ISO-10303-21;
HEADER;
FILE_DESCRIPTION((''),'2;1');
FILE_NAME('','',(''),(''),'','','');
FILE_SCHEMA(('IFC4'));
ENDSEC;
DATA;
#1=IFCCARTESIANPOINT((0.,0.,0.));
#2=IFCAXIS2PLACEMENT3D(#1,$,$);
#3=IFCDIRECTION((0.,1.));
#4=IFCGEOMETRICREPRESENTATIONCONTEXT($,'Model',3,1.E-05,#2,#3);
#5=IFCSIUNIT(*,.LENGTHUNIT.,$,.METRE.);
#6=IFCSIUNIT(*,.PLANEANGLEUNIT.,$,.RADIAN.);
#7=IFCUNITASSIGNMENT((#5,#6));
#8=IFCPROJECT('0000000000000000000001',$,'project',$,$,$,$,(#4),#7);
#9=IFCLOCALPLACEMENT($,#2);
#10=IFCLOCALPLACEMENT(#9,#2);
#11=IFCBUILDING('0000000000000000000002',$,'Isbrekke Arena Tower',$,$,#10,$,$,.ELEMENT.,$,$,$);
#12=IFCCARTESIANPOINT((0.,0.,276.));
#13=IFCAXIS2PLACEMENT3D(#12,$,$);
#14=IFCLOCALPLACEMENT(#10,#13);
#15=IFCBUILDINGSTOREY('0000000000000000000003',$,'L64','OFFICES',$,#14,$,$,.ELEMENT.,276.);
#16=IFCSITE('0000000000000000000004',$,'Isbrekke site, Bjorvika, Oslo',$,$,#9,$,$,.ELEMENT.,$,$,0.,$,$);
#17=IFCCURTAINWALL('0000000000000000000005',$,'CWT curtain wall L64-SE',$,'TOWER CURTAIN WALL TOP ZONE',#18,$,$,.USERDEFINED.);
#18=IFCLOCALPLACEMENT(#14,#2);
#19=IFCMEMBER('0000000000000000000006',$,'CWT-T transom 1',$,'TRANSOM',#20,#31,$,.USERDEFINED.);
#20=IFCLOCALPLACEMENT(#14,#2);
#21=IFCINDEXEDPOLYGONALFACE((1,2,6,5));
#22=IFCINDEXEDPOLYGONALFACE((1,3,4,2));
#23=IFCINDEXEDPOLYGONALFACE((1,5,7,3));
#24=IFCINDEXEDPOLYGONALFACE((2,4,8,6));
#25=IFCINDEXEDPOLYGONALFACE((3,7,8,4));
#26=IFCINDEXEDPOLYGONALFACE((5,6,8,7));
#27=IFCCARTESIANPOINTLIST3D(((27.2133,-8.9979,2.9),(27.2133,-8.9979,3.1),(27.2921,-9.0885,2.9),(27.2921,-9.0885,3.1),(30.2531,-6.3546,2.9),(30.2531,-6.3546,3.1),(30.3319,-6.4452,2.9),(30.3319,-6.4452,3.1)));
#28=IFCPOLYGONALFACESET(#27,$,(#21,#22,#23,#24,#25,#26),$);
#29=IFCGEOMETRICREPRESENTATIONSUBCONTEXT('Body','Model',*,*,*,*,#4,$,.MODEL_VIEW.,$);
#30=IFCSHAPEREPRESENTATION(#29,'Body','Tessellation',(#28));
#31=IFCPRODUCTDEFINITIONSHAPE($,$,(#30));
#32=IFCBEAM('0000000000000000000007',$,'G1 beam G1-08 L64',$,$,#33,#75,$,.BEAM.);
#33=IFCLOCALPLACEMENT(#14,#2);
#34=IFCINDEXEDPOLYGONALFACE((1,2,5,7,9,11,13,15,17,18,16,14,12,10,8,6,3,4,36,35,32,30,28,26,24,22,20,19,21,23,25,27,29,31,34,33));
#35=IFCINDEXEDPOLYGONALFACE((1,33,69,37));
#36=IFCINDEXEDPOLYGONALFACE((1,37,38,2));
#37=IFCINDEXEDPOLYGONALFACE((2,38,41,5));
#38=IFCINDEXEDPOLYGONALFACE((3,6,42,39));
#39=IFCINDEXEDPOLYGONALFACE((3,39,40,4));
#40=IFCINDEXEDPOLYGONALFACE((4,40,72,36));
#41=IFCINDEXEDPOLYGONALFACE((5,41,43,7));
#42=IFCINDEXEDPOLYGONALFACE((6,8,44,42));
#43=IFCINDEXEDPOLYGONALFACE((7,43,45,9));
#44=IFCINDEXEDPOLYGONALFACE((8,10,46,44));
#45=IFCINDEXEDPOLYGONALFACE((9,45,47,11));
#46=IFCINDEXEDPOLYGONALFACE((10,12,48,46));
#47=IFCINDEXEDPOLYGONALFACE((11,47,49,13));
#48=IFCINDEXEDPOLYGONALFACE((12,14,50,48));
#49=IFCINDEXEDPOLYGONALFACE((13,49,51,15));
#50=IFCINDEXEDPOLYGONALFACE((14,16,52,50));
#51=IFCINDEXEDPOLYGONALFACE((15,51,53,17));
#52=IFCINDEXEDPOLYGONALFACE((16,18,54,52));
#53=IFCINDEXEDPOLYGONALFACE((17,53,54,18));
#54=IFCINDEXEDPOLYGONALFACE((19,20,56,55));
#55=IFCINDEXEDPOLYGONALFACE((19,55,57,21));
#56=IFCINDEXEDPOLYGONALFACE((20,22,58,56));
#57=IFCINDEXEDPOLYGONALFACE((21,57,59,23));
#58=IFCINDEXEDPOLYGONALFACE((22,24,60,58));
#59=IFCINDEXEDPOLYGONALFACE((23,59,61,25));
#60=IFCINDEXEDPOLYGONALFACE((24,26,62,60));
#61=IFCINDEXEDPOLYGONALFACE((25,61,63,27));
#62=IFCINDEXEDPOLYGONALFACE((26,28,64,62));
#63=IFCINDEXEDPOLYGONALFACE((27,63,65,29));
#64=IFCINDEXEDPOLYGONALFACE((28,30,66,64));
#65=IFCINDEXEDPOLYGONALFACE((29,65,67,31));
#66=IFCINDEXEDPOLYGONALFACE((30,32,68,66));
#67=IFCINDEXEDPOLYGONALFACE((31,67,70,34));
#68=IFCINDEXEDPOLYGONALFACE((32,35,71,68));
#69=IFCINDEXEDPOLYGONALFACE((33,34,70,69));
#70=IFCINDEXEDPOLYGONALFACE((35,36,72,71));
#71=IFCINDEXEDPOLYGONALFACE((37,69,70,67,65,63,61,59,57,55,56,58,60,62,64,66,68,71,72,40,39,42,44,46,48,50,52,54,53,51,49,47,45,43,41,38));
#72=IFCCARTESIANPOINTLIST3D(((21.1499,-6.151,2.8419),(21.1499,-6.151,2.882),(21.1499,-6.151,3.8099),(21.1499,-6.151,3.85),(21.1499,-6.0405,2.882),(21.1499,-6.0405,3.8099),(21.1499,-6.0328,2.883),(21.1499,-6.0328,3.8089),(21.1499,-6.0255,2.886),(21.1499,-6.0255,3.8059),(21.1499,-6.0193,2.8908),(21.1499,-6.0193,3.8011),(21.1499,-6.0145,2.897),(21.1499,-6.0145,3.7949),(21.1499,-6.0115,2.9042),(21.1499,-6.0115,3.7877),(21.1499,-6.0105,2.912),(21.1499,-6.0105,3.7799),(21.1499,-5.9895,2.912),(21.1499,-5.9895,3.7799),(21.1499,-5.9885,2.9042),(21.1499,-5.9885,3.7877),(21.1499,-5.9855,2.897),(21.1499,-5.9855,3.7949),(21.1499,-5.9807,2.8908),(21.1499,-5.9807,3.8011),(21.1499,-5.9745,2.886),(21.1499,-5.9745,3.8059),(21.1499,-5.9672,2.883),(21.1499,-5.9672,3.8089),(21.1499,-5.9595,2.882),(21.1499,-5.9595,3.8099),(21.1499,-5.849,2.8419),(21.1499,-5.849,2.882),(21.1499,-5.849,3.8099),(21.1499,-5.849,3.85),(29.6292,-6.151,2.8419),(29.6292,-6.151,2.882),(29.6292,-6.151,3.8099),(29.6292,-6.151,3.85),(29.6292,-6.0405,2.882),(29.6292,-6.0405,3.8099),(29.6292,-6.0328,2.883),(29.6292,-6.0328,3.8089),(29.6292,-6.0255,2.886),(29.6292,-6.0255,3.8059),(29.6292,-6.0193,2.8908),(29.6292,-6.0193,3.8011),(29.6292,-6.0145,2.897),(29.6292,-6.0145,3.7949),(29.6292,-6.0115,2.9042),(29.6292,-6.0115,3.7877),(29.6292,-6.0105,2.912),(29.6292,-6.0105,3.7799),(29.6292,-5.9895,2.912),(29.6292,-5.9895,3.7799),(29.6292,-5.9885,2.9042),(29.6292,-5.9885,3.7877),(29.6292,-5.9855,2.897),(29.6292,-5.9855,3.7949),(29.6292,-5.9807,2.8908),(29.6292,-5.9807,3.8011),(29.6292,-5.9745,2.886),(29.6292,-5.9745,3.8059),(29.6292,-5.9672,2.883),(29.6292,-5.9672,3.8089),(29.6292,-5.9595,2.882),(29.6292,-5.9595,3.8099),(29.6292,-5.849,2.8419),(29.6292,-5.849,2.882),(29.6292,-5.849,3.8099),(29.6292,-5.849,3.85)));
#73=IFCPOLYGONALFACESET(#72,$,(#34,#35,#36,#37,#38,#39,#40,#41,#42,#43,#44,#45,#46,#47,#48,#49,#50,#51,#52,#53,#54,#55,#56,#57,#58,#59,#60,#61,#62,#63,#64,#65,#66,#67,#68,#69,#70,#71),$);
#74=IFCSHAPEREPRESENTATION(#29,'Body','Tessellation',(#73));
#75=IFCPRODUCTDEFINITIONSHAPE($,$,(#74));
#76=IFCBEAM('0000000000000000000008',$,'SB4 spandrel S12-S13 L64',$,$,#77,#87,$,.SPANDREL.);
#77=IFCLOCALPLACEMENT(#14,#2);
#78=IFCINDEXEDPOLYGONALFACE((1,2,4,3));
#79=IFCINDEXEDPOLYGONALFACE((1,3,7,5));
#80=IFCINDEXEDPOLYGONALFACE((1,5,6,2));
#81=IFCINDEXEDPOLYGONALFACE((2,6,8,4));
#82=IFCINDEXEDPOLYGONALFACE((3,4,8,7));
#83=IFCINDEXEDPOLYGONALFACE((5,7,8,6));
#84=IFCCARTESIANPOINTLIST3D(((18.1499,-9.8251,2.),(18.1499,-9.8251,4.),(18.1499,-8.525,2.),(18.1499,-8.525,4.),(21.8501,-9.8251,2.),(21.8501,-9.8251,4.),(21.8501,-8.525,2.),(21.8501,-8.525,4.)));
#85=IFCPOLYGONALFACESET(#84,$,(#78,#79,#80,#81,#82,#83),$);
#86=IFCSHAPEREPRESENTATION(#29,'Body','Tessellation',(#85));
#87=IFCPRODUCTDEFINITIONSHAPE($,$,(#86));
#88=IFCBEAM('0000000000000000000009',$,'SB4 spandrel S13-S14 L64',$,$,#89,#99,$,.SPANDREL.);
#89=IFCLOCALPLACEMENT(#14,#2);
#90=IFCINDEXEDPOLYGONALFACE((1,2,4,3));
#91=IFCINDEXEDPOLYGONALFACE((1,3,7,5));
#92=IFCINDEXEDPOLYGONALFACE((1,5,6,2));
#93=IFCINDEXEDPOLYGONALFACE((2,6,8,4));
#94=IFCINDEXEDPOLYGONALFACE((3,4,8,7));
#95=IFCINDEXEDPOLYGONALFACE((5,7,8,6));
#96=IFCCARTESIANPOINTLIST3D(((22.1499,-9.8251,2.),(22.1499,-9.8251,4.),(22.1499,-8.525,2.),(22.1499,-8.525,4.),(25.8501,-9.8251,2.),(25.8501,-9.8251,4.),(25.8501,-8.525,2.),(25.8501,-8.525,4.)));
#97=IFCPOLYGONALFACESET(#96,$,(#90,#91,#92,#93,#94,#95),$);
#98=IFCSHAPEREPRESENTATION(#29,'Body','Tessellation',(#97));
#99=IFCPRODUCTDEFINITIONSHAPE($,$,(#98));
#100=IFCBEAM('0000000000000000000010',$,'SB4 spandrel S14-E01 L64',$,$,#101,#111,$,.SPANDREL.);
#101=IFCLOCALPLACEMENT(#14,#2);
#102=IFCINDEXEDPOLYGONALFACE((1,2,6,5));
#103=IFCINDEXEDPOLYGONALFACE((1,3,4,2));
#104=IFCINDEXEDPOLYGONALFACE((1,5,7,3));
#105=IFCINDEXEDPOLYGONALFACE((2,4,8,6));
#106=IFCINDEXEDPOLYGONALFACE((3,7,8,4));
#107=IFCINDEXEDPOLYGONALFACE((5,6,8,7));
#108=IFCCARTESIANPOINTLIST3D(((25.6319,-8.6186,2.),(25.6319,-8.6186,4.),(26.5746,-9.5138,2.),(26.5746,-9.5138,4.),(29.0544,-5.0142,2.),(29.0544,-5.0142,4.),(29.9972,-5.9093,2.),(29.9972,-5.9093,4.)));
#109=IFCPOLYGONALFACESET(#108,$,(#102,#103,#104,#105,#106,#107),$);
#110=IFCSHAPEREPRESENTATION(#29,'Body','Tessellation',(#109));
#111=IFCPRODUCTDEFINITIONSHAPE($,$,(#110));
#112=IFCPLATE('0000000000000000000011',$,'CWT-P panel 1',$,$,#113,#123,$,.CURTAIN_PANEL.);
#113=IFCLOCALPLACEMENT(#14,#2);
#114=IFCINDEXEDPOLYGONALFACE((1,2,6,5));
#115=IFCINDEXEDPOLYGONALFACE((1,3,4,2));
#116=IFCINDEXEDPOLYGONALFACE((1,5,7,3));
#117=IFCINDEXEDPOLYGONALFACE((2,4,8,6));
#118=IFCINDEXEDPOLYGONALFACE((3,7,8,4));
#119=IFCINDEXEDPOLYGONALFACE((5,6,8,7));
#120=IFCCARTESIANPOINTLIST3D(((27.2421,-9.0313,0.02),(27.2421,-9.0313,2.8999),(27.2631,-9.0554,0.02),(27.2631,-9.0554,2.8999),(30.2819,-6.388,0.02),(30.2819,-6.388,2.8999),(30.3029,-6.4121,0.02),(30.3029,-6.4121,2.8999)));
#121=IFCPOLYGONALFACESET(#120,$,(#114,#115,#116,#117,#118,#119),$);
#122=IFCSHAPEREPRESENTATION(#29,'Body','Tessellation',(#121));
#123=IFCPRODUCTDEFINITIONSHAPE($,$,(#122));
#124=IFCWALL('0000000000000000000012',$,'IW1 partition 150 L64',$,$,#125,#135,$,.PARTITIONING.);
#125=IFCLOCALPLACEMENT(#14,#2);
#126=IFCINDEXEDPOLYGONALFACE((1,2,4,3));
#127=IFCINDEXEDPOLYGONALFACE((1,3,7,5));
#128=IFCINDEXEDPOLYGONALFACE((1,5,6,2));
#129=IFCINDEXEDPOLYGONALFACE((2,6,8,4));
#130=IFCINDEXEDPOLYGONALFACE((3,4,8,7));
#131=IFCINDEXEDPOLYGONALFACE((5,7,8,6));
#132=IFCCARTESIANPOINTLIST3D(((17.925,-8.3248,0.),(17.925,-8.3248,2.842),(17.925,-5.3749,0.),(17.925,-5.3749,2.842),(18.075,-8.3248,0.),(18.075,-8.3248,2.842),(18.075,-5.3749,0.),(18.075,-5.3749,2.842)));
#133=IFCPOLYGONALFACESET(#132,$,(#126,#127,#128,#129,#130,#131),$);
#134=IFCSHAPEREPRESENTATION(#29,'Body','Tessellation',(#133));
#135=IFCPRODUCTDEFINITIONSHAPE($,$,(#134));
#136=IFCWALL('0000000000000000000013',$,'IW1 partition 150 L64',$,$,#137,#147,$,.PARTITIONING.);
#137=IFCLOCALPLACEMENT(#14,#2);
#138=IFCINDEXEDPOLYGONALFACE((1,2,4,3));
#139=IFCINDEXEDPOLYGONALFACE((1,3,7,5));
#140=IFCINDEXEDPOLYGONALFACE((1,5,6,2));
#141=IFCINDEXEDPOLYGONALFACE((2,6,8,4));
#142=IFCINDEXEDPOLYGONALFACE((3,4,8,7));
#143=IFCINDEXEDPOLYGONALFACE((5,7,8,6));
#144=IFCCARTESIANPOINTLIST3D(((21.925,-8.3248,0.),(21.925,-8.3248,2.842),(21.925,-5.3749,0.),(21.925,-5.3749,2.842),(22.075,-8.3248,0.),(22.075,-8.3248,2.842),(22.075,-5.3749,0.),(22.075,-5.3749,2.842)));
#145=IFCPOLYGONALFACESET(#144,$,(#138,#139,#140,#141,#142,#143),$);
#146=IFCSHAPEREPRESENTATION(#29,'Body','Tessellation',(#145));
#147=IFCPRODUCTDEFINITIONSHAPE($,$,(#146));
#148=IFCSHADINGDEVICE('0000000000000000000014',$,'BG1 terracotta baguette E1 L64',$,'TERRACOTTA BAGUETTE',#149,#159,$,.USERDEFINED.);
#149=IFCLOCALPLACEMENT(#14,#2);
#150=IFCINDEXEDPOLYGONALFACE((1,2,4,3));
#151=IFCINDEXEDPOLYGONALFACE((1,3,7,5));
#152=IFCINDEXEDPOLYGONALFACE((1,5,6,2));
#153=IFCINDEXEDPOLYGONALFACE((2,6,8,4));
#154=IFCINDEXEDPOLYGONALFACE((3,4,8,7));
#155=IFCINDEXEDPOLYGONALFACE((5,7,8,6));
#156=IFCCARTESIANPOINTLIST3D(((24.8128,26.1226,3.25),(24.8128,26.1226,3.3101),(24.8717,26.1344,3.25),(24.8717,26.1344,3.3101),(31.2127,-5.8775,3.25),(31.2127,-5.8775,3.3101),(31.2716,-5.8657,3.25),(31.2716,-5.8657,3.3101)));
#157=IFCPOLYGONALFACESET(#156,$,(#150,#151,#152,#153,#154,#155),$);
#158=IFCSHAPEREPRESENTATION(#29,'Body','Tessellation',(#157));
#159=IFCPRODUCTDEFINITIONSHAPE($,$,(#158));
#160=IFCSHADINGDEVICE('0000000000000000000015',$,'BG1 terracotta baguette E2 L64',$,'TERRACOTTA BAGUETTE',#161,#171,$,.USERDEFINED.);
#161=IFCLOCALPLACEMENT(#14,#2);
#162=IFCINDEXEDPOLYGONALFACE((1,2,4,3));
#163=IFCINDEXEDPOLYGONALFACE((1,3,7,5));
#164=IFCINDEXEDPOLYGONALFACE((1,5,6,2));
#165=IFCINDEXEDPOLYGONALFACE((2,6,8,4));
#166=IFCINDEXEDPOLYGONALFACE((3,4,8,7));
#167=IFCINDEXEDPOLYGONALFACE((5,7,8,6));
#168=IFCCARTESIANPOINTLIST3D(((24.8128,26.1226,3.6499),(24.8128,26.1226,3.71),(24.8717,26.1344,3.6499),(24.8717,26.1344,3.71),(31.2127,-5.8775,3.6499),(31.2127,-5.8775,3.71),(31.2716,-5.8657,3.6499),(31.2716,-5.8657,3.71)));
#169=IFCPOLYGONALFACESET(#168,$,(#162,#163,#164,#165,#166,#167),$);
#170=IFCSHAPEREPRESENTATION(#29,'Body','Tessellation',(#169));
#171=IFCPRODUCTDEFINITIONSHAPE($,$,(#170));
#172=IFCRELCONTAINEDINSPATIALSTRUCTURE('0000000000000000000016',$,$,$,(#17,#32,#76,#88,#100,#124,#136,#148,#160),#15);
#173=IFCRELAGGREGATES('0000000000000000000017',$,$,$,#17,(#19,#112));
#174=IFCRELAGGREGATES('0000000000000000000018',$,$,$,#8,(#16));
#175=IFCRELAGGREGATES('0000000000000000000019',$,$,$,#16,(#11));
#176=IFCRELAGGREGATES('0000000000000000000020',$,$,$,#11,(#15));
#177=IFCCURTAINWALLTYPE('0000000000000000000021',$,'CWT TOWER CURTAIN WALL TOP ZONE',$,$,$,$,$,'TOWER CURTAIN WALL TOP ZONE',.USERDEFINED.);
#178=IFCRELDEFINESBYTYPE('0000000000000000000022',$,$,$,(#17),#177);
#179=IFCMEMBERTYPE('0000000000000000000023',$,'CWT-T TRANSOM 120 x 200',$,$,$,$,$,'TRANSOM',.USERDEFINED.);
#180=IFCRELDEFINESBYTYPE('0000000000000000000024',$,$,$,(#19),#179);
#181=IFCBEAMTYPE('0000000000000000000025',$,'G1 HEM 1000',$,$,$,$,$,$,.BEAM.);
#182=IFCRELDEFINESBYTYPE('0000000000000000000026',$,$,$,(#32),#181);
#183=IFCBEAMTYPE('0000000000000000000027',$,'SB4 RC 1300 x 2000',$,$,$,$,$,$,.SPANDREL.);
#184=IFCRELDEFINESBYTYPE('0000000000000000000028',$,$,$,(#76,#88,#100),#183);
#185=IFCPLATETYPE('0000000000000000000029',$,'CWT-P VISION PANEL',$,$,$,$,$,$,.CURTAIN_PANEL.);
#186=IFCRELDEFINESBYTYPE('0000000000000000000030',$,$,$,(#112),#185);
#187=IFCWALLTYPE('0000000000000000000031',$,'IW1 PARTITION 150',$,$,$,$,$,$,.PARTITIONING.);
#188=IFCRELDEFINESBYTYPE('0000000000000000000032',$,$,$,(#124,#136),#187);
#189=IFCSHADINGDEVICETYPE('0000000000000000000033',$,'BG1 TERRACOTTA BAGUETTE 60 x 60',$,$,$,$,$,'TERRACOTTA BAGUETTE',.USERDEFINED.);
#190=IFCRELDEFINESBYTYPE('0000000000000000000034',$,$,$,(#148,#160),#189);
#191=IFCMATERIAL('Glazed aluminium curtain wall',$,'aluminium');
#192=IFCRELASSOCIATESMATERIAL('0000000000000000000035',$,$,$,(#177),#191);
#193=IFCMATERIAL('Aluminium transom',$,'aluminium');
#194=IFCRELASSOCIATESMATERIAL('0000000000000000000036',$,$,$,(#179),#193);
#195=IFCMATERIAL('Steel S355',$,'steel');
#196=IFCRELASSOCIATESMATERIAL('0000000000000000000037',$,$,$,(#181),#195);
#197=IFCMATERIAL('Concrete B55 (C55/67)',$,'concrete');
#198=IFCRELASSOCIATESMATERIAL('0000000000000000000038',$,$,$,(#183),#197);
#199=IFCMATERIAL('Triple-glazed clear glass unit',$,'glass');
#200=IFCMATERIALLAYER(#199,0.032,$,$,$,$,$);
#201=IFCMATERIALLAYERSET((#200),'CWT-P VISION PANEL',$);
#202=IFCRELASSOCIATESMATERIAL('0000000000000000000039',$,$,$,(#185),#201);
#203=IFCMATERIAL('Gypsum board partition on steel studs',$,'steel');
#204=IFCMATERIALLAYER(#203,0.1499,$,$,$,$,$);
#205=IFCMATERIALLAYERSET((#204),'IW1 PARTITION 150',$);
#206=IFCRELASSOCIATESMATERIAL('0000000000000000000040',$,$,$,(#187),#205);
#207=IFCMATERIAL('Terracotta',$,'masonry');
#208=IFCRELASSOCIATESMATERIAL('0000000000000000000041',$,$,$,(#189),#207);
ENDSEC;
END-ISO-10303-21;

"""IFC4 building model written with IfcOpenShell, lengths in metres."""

from ifc_helpers import new_model, si_unit, direction, frame, frame_2d, origin, origin_2d, place, context, subcontext, project, spatial, rectangle, i_section, extrude, material, layer, layer_set, material_profile, profile_set, type_object, element, aggregate, save


model = new_model("IFC4")

# Units and contexts
model_context = context("Model", 3, precision=1e-05, world=origin(), true_north=direction((0.0, 1.0)))
body_context = subcontext(model_context, "Body", "Model", "MODEL_VIEW")
ifc_project = project(units=[si_unit("LENGTHUNIT", "METRE"), si_unit("PLANEANGLEUNIT", "RADIAN")], contexts=[model_context])

# Site, building, storey
site_placement = place(None, origin())
site = spatial("IfcSite", under=ifc_project, at=site_placement, Name="Isbrekke site, Bjorvika, Oslo", CompositionType="ELEMENT", RefElevation=0.0)
building_placement = place(site_placement, origin())
building = spatial("IfcBuilding", under=site, at=building_placement, Name="Isbrekke Arena Tower", CompositionType="ELEMENT")
storey_placement = place(building_placement, frame((0.0, 0.0, 276.0)))
storey = spatial("IfcBuildingStorey", under=building, at=storey_placement, Name="L64", Description="OFFICES", CompositionType="ELEMENT", Elevation=276.0)

# Curtain wall
ifc_material_1 = material(Name="Glazed aluminium curtain wall", Category="aluminium")
curtain_wall_type = type_object("IfcCurtainWallType", Name="CWT TOWER CURTAIN WALL TOP ZONE", ElementType="TOWER CURTAIN WALL TOP ZONE", PredefinedType="USERDEFINED", material=ifc_material_1)
curtain_wall_1_placement = place(storey_placement, origin())
curtain_wall_1 = element("IfcCurtainWall", 1, at=curtain_wall_1_placement, inside=storey, type_object=curtain_wall_type, Name="CWT curtain wall L64-SE", ObjectType="TOWER CURTAIN WALL TOP ZONE", PredefinedType="USERDEFINED")

# Member
ifc_material_2 = material(Name="Aluminium transom", Category="aluminium")
ifc_material_profile_1 = material_profile(ifc_material_2, rectangle(XDim=0.1201, YDim=0.2, at=origin_2d()), Name="TRANSOM 120X200")
ifc_profile_set_1 = profile_set([ifc_material_profile_1], Name="Aluminium transom")
member_type_1 = type_object("IfcMemberType", Name="CWT-T TRANSOM 120 x 200", ElementType="TRANSOM", PredefinedType="USERDEFINED", material=ifc_profile_set_1)
member_1_placement = place(storey_placement, frame((27.2527, -9.0432, 3.0), z_axis=(0.754604, 0.65618, 0.0), x_axis=(-0.65618, 0.754604, 0.0)))
member_1 = element("IfcMember", 2, at=member_1_placement, type_object=member_type_1, Name="CWT-T transom 1", ObjectType="TRANSOM", PredefinedType="USERDEFINED", context=body_context, shape_type="SweptSolid", body=[
    extrude(rectangle(XDim=0.1201, YDim=0.2, at=origin_2d()), origin(), (0.0, 0.0, 1.0), 4.0283),
])

# Beams
ifc_material_3 = material(Name="Steel S355", Category="steel")
ifc_material_profile_2 = material_profile(ifc_material_3, i_section(OverallWidth=0.302, OverallDepth=1.0081, WebThickness=0.021, FlangeThickness=0.04, FilletRadius=0.03, at=origin_2d()), Name="HEM 1000")
ifc_profile_set_2 = profile_set([ifc_material_profile_2], Name="Steel S355")
beam_type_1 = type_object("IfcBeamType", Name="G1 HEM 1000", PredefinedType="BEAM", material=ifc_profile_set_2)
beam_1_placement = place(storey_placement, frame((21.1499, -6.0, 3.3459), z_axis=(1.0, 0.0, 0.0), x_axis=(0.0, 1.0, 0.0)))
element("IfcBeam", 3, at=beam_1_placement, inside=storey, type_object=beam_type_1, Name="G1 beam G1-08 L64", PredefinedType="BEAM", context=body_context, shape_type="SweptSolid", body=[
    extrude(i_section(OverallWidth=0.302, OverallDepth=1.0081, WebThickness=0.021, FlangeThickness=0.04, FilletRadius=0.03, at=origin_2d()), origin(), (0.0, 0.0, 1.0), 8.4792),
])
ifc_material_4 = material(Name="Concrete B55 (C55/67)", Category="concrete")
ifc_material_profile_3 = material_profile(ifc_material_4, rectangle(XDim=1.3, YDim=2.0, at=origin_2d()), Name="RC 1300x2000")
ifc_profile_set_3 = profile_set([ifc_material_profile_3], Name="Concrete B55 (C55/67)")
beam_type_2 = type_object("IfcBeamType", Name="SB4 RC 1300 x 2000", PredefinedType="SPANDREL", material=ifc_profile_set_3)
for number, where, z_axis, x_axis, name in (
    (4, (18.1499, -9.175, 3.0), (1.0, 0.0, 0.0), (0.0, 1.0, 0.0), "SB4 spandrel S12-S13 L64"),
    (5, (22.1499, -9.175, 3.0), (1.0, 0.0, 0.0), (0.0, 1.0, 0.0), "SB4 spandrel S13-S14 L64"),
):
    element("IfcBeam", number, at=place(storey_placement, frame(where, z_axis=z_axis, x_axis=x_axis)), inside=storey, type_object=beam_type_2, Name=name, PredefinedType="SPANDREL", context=body_context, shape_type="SweptSolid", body=[
        extrude(rectangle(XDim=1.3, YDim=2.0, at=origin_2d()), origin(), (0.0, 0.0, 1.0), 3.7002),
    ])
beam_2_placement = place(storey_placement, frame((26.1033, -9.0662, 3.0), z_axis=(0.688574, 0.725166, 0.0), x_axis=(-0.725166, 0.688574, 0.0)))
element("IfcBeam", 6, at=beam_2_placement, inside=storey, type_object=beam_type_2, Name="SB4 spandrel S14-E01 L64", PredefinedType="SPANDREL", context=body_context, shape_type="SweptSolid", body=[
    extrude(rectangle(XDim=1.3, YDim=2.0, at=origin_2d()), origin(), (0.0, 0.0, 1.0), 4.9705),
])

# Plate
ifc_material_5 = material(Name="Triple-glazed clear glass unit", Category="glass")
ifc_layer_1 = layer(ifc_material_5, 0.032)
ifc_layer_set_1 = layer_set([ifc_layer_1], Name="CWT-P VISION PANEL")
plate_type = type_object("IfcPlateType", Name="CWT-P VISION PANEL", PredefinedType="CURTAIN_PANEL", material=ifc_layer_set_1)
plate_placement = place(storey_placement, frame((28.7725, -7.7217, 0.02), z_axis=(0.0, 0.0, 1.0), x_axis=(0.754606, 0.656179, 0.0)))
plate = element("IfcPlate", 7, at=plate_placement, type_object=plate_type, Name="CWT-P panel 1", PredefinedType="CURTAIN_PANEL", context=body_context, shape_type="SweptSolid", body=[
    extrude(rectangle(XDim=4.0283, YDim=0.032, at=origin_2d()), origin(), (0.0, 0.0, 1.0), 2.8799),
])
aggregate(curtain_wall_1, [member_1, plate])

# Walls
ifc_material_6 = material(Name="Gypsum board partition on steel studs", Category="steel")
ifc_layer_2 = layer(ifc_material_6, 0.1499)
ifc_layer_set_2 = layer_set([ifc_layer_2], Name="IW1 PARTITION 150")
wall_type = type_object("IfcWallType", Name="IW1 PARTITION 150", PredefinedType="PARTITIONING", material=ifc_layer_set_2)
for number, where, z_axis, x_axis, name in (
    (8, (18.0, -8.325, 0.0), (0.0, 0.0, 1.0), (0.0, 1.0, 0.0), "IW1 partition 150 L64"),
    (9, (22.0, -8.325, 0.0), (0.0, 0.0, 1.0), (0.0, 1.0, 0.0), "IW1 partition 150 L64"),
):
    element("IfcWall", number, at=place(storey_placement, frame(where, z_axis=z_axis, x_axis=x_axis)), inside=storey, type_object=wall_type, Name=name, PredefinedType="PARTITIONING", context=body_context, shape_type="SweptSolid", body=[
        extrude(rectangle(XDim=2.95, YDim=0.1499, at=frame_2d((1.4751, 0.0))), origin(), (0.0, 0.0, 1.0), 2.842),
    ])

# Shading devices
ifc_material_7 = material(Name="Terracotta", Category="masonry")
ifc_material_profile_4 = material_profile(ifc_material_7, rectangle(XDim=0.0601, YDim=0.0601, at=origin_2d()), Name="BAGUETTE 60X60")
ifc_profile_set_4 = profile_set([ifc_material_profile_4], Name="Terracotta")
shading_device_type = type_object("IfcShadingDeviceType", Name="BG1 TERRACOTTA BAGUETTE 60 x 60", ElementType="TERRACOTTA BAGUETTE", PredefinedType="USERDEFINED", material=ifc_profile_set_4)
for number, where, z_axis, x_axis, name in (
    (10, (31.2422, -5.8716, 3.28), (-0.196113, 0.980581, 0.0), (-0.980581, -0.196113, 0.0), "BG1 terracotta baguette E1 L64"),
    (11, (31.2422, -5.8716, 3.6799), (-0.196113, 0.980581, 0.0), (-0.980581, -0.196113, 0.0), "BG1 terracotta baguette E2 L64"),
):
    element("IfcShadingDevice", number, at=place(storey_placement, frame(where, z_axis=z_axis, x_axis=x_axis)), inside=storey, type_object=shading_device_type, Name=name, ObjectType="TERRACOTTA BAGUETTE", PredefinedType="USERDEFINED", context=body_context, shape_type="SweptSolid", body=[
        extrude(rectangle(XDim=0.0601, YDim=0.0601, at=origin_2d()), origin(), (0.0, 0.0, 1.0), 32.6338),
    ])

save(model, "model.ifc")
